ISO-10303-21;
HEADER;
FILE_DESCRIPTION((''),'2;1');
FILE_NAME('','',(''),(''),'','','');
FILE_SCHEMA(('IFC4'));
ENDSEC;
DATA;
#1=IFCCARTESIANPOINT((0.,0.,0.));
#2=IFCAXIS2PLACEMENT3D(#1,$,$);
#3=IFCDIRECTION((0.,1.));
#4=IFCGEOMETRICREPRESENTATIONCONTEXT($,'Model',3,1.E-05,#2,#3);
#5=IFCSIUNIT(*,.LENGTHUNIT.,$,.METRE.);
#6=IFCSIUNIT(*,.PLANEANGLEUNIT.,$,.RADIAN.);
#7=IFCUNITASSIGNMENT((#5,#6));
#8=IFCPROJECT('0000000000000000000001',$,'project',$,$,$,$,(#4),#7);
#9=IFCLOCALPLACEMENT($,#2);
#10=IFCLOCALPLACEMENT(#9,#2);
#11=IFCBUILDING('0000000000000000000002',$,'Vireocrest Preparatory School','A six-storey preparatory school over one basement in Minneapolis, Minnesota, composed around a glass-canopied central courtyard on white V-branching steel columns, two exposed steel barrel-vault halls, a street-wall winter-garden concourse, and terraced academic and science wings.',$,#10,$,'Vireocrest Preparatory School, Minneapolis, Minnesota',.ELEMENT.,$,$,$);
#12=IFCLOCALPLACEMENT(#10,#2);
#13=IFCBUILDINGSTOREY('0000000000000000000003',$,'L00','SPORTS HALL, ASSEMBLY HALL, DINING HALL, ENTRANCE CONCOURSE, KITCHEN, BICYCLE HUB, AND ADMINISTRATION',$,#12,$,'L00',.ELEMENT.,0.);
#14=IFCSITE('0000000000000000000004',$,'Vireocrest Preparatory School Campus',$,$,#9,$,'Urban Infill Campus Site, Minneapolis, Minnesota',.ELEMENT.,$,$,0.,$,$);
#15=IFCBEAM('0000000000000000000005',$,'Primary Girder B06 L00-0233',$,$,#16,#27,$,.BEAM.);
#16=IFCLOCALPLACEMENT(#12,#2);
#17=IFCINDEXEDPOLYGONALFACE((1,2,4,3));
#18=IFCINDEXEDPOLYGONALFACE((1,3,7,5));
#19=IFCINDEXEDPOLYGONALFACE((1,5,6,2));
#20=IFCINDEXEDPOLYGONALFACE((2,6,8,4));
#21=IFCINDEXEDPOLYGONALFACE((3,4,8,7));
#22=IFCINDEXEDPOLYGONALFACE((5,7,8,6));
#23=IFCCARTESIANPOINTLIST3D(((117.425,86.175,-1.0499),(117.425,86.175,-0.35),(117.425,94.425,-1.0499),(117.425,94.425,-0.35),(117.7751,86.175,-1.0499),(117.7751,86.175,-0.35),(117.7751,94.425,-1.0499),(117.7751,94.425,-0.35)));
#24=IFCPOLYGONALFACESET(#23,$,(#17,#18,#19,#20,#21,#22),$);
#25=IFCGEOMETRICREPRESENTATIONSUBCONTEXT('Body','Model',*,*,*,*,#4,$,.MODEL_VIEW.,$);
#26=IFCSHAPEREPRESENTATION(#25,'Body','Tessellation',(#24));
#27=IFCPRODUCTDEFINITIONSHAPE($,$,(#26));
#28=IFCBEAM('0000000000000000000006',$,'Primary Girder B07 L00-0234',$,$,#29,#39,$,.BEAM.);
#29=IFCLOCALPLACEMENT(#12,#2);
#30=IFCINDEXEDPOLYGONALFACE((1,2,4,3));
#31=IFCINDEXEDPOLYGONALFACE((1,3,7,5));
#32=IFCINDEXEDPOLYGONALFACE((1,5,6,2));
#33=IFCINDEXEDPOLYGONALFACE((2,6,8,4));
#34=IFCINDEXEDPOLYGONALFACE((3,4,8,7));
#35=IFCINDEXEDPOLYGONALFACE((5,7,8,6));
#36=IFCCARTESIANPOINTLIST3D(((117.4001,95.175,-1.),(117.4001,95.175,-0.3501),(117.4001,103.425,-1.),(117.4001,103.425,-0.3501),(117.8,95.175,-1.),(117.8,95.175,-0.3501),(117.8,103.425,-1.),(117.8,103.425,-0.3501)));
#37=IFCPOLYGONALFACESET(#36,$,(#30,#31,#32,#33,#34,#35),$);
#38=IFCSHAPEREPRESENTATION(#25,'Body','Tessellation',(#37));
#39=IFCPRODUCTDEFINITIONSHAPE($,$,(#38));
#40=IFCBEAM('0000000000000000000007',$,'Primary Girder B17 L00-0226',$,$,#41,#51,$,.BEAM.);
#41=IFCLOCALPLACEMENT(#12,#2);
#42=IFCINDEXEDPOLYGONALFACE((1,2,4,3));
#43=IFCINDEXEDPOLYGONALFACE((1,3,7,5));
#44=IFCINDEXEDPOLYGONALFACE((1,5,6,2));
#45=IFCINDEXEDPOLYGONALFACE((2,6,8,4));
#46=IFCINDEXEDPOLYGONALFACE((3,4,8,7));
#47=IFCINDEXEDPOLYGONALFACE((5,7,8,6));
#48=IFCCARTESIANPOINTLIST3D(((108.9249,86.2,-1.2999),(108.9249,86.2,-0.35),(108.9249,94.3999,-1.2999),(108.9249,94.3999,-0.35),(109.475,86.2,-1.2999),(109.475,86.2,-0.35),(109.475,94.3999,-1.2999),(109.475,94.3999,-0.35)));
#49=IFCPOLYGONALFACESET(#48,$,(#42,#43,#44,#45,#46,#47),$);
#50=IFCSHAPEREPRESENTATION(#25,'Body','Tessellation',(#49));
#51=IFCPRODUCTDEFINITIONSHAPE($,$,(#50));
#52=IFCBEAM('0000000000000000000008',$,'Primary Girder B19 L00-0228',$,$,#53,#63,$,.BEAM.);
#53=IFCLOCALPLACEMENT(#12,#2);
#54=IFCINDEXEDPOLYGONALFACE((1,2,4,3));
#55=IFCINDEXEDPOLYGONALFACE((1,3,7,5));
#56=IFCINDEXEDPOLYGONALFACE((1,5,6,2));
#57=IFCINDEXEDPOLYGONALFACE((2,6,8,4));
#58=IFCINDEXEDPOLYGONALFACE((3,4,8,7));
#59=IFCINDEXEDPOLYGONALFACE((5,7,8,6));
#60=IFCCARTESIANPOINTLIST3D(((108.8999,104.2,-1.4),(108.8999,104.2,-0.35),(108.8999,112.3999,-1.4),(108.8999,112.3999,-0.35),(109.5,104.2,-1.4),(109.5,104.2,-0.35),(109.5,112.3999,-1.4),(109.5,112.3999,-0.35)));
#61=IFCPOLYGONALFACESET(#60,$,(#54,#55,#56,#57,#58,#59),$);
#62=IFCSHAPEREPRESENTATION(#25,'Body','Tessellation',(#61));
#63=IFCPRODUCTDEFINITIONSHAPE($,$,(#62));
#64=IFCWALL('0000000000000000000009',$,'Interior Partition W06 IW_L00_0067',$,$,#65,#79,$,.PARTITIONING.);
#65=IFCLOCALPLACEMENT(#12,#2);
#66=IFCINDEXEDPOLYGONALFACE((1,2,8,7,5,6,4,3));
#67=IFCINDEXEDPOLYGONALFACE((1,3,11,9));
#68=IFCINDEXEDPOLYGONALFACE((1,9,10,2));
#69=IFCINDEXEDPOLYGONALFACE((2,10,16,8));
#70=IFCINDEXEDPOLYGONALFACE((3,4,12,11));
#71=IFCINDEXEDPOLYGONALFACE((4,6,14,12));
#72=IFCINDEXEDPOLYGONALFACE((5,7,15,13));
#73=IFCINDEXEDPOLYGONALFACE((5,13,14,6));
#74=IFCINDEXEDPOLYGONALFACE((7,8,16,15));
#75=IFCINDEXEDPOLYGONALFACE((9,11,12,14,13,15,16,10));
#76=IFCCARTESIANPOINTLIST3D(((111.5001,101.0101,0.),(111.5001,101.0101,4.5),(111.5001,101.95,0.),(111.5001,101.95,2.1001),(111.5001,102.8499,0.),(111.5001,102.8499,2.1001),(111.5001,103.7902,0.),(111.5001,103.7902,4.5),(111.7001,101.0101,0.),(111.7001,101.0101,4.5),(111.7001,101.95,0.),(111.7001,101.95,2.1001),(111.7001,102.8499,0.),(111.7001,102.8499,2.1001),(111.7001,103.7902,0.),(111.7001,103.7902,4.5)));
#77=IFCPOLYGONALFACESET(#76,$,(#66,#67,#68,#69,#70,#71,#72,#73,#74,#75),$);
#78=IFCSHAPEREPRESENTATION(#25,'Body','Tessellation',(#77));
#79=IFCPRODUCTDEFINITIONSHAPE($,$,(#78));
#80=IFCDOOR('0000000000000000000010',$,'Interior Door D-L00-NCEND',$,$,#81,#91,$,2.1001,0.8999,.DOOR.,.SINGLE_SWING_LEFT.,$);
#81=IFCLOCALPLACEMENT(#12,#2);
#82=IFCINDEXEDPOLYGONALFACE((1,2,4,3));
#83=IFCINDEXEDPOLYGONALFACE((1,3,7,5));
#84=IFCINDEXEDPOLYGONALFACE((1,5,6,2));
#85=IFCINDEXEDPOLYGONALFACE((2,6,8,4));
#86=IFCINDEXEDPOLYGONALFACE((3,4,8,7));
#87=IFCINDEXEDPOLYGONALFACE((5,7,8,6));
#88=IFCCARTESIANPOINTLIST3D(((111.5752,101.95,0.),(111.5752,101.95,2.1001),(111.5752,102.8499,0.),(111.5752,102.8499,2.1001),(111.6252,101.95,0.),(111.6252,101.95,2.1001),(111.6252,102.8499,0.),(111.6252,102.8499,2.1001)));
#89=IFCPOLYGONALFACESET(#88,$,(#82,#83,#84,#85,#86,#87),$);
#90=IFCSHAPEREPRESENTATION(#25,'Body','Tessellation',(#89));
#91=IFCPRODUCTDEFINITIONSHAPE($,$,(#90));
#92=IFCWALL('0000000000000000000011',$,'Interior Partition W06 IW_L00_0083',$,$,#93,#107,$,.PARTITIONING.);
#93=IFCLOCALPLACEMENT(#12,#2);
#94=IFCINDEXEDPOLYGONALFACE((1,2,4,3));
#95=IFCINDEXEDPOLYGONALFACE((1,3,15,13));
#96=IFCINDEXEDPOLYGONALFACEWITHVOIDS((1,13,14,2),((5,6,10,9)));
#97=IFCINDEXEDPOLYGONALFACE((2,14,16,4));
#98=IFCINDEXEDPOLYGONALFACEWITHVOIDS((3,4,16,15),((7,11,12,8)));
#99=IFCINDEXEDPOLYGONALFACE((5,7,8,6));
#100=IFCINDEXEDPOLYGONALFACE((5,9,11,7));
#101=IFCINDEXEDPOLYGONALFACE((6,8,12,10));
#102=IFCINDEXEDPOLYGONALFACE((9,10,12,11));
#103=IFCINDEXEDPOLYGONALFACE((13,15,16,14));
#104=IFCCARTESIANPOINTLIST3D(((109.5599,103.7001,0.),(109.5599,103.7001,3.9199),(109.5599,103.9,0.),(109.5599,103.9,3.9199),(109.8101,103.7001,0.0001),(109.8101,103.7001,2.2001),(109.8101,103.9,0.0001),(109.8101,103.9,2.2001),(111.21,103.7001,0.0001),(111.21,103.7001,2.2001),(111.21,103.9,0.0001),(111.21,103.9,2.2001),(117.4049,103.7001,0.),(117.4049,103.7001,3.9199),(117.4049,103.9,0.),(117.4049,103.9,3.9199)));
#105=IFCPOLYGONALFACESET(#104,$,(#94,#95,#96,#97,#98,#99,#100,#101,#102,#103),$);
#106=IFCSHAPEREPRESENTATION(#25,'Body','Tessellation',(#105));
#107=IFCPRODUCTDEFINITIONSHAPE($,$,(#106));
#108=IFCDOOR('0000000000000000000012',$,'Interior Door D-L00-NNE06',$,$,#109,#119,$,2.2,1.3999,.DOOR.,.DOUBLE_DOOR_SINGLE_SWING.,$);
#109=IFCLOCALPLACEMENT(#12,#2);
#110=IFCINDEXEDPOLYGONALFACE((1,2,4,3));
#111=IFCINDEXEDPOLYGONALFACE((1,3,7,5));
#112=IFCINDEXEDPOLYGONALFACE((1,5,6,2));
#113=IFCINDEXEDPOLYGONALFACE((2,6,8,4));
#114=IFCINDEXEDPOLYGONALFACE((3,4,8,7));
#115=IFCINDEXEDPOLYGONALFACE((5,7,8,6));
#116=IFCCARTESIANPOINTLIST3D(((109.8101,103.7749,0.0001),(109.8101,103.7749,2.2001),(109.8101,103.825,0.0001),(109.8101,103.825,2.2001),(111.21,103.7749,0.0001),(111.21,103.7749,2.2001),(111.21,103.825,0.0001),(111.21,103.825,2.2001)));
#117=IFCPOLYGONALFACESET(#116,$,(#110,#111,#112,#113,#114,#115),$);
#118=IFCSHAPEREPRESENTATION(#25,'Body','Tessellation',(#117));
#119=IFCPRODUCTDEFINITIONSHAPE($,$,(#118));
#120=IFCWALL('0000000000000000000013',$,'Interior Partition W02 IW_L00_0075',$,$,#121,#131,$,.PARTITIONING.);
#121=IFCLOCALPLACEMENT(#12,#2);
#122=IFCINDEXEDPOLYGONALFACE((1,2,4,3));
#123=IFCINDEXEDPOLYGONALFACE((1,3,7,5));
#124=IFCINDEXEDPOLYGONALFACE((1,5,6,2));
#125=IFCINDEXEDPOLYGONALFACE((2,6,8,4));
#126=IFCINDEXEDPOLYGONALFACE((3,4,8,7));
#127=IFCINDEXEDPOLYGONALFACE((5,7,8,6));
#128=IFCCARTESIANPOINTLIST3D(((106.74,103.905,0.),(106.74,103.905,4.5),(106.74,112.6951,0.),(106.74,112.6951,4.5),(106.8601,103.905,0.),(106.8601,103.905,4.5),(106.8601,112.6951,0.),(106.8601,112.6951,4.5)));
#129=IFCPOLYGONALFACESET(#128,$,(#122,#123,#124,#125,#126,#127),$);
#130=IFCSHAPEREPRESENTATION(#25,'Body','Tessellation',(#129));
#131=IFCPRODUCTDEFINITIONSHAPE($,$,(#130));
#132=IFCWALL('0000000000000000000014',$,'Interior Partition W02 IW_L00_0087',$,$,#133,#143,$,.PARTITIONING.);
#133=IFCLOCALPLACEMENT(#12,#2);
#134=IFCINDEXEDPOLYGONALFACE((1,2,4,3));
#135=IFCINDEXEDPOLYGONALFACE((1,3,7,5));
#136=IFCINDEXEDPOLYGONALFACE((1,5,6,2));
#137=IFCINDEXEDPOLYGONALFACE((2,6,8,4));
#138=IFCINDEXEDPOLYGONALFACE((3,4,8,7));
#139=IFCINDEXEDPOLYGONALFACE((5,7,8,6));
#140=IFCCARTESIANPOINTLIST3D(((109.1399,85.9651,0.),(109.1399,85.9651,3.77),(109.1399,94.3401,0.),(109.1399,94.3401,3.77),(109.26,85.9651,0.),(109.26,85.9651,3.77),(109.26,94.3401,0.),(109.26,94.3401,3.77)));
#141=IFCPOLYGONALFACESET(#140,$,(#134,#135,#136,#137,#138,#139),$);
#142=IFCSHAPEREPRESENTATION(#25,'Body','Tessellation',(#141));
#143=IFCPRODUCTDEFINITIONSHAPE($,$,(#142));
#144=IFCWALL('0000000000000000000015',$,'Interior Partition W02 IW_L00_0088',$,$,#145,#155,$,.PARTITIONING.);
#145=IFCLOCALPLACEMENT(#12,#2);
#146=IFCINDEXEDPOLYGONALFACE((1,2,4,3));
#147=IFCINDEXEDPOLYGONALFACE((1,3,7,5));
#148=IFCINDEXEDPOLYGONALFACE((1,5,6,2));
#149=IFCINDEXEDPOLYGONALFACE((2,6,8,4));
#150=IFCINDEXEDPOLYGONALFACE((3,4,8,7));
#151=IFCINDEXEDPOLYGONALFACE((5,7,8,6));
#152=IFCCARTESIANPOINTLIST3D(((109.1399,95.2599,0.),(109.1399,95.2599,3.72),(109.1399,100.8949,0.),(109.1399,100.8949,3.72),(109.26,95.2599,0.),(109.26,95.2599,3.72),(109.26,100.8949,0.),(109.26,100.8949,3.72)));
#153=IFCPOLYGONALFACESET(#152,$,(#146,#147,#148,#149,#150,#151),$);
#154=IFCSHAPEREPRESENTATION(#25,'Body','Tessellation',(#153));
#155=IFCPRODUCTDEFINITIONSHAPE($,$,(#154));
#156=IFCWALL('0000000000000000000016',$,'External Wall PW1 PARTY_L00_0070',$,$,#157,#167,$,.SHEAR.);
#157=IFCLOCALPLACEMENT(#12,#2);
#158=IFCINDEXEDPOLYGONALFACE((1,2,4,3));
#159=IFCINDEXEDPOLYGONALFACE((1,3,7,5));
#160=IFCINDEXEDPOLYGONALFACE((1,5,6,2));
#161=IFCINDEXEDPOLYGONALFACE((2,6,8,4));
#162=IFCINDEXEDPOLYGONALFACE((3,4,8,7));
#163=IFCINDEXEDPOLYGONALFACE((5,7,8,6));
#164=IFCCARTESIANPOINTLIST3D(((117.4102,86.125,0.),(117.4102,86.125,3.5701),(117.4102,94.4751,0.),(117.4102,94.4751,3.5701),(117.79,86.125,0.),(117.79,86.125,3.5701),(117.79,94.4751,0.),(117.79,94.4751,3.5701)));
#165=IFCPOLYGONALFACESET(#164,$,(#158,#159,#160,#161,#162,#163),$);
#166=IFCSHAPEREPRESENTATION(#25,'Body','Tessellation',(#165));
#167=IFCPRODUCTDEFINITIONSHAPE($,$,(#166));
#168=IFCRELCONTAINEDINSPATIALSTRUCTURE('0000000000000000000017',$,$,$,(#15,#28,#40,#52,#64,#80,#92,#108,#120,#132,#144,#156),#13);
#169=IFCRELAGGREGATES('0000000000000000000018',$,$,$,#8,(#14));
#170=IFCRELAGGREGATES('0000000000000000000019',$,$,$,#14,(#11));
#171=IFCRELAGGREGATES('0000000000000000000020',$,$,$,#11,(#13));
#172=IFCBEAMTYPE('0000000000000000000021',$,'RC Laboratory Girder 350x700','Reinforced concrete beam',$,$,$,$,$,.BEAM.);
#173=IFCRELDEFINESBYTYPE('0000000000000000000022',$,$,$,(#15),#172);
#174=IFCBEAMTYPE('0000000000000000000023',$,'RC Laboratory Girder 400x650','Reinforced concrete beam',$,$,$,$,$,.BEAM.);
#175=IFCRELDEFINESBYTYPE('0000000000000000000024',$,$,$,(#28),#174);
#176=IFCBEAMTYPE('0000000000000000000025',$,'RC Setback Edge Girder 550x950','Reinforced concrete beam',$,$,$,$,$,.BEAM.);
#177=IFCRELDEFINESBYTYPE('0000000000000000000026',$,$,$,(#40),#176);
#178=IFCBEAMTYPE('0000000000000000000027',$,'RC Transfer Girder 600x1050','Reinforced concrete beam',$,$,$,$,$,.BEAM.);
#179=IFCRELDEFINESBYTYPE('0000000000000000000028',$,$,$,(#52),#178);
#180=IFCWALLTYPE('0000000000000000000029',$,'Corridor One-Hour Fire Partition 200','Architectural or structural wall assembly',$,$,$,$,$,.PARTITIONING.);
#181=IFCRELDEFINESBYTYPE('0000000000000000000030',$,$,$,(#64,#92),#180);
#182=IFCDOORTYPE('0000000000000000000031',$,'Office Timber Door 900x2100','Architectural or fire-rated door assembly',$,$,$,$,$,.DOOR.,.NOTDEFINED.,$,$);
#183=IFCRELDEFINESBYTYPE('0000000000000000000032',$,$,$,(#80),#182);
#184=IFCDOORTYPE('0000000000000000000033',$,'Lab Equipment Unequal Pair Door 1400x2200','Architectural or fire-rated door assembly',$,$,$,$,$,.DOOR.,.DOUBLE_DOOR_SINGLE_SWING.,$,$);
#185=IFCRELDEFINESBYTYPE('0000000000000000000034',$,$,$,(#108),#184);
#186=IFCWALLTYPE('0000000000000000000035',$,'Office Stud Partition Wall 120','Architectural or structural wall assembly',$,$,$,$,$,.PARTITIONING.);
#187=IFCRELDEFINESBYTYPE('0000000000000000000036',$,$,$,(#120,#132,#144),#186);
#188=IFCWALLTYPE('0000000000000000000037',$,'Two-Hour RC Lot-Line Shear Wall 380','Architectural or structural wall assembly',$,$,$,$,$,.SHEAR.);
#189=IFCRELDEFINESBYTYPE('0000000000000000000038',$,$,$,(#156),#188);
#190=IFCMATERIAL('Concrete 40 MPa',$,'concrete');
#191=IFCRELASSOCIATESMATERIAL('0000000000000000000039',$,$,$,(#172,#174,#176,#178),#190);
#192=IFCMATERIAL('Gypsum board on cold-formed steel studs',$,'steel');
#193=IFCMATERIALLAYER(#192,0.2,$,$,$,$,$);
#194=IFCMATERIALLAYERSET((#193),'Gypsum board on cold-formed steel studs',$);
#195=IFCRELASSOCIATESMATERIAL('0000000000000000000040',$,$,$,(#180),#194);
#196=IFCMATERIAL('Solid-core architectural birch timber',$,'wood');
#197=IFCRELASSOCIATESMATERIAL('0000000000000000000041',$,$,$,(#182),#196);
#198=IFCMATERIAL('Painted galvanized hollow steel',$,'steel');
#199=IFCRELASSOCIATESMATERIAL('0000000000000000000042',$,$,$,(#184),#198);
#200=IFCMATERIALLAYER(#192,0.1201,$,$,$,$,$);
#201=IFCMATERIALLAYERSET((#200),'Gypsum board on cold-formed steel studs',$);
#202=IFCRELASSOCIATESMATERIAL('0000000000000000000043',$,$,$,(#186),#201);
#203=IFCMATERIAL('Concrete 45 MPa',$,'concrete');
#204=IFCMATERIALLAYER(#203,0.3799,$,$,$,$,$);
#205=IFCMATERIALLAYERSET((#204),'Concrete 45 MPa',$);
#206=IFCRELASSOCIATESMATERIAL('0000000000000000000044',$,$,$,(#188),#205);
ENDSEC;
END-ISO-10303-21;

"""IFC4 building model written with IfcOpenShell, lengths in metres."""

from ifc_helpers import new_model, si_unit, direction, frame, frame_2d, origin, origin_2d, place, context, subcontext, project, spatial, rectangle, extrude, material, layer, layer_set, material_profile, profile_set, type_object, element, fill, save


model = new_model("IFC4")

# Units and contexts
model_context = context("Model", 3, precision=1e-05, world=origin(), true_north=direction((0.0, 1.0)))
body_context = subcontext(model_context, "Body", "Model", "MODEL_VIEW")
ifc_project = project(units=[si_unit("LENGTHUNIT", "METRE"), si_unit("PLANEANGLEUNIT", "RADIAN")], contexts=[model_context])

# Site, building, storey
site_placement = place(None, origin())
site = spatial("IfcSite", under=ifc_project, at=site_placement, Name="Vireocrest Preparatory School Campus", LongName="Urban Infill Campus Site, Minneapolis, Minnesota", CompositionType="ELEMENT", RefElevation=0.0)
building_placement = place(site_placement, origin())
building = spatial("IfcBuilding", under=site, at=building_placement, Name="Vireocrest Preparatory School", Description="A six-storey preparatory school over one basement in Minneapolis, Minnesota, composed around a glass-canopied central courtyard on white V-branching steel columns, two exposed steel barrel-vault halls, a street-wall winter-garden concourse, and terraced academic and science wings.", LongName="Vireocrest Preparatory School, Minneapolis, Minnesota", CompositionType="ELEMENT")
storey_placement = place(building_placement, origin())
storey = spatial("IfcBuildingStorey", under=building, at=storey_placement, Name="L00", Description="SPORTS HALL, ASSEMBLY HALL, DINING HALL, ENTRANCE CONCOURSE, KITCHEN, BICYCLE HUB, AND ADMINISTRATION", LongName="L00", CompositionType="ELEMENT", Elevation=0.0)

# Shared definitions
ifc_material_1 = material(Name="Concrete 45 MPa", Category="concrete")

# Beams
ifc_material_2 = material(Name="Concrete 40 MPa", Category="concrete")
ifc_material_profile_1 = material_profile(ifc_material_2, rectangle(XDim=0.3501, YDim=0.7, at=origin_2d()), Name="RC 350x700")
ifc_profile_set_1 = profile_set([ifc_material_profile_1], Name="Concrete 40 MPa")
beam_type_1 = type_object("IfcBeamType", Name="RC Laboratory Girder 350x700", Description="Reinforced concrete beam", PredefinedType="BEAM", material=ifc_profile_set_1)
beam_1_placement = place(storey_placement, frame((117.6001, 86.175, -0.7), z_axis=(0.0, 1.0, 0.0), x_axis=(-1.0, 0.0, 0.0)))
element("IfcBeam", 1, at=beam_1_placement, inside=storey, type_object=beam_type_1, Name="Primary Girder B06 L00-0233", PredefinedType="BEAM", context=body_context, shape_type="SweptSolid", body=[
    extrude(rectangle(XDim=0.3501, YDim=0.7, at=origin_2d()), origin(), (0.0, 0.0, 1.0), 8.25),
])
ifc_material_profile_2 = material_profile(ifc_material_2, rectangle(XDim=0.3999, YDim=0.6499, at=origin_2d()), Name="RC 400x650")
ifc_profile_set_2 = profile_set([ifc_material_profile_2], Name="Concrete 40 MPa")
beam_type_2 = type_object("IfcBeamType", Name="RC Laboratory Girder 400x650", Description="Reinforced concrete beam", PredefinedType="BEAM", material=ifc_profile_set_2)
beam_2_placement = place(storey_placement, frame((117.6001, 95.175, -0.675), z_axis=(0.0, 1.0, 0.0), x_axis=(-1.0, 0.0, 0.0)))
element("IfcBeam", 2, at=beam_2_placement, inside=storey, type_object=beam_type_2, Name="Primary Girder B07 L00-0234", PredefinedType="BEAM", context=body_context, shape_type="SweptSolid", body=[
    extrude(rectangle(XDim=0.3999, YDim=0.6499, at=origin_2d()), origin(), (0.0, 0.0, 1.0), 8.25),
])
ifc_material_profile_3 = material_profile(ifc_material_2, rectangle(XDim=0.55, YDim=0.95, at=origin_2d()), Name="RC 550x950")
ifc_profile_set_3 = profile_set([ifc_material_profile_3], Name="Concrete 40 MPa")
beam_type_3 = type_object("IfcBeamType", Name="RC Setback Edge Girder 550x950", Description="Reinforced concrete beam", PredefinedType="BEAM", material=ifc_profile_set_3)
beam_3_placement = place(storey_placement, frame((109.2, 86.2, -0.825), z_axis=(0.0, 1.0, 0.0), x_axis=(-1.0, 0.0, 0.0)))
element("IfcBeam", 3, at=beam_3_placement, inside=storey, type_object=beam_type_3, Name="Primary Girder B17 L00-0226", PredefinedType="BEAM", context=body_context, shape_type="SweptSolid", body=[
    extrude(rectangle(XDim=0.55, YDim=0.95, at=origin_2d()), origin(), (0.0, 0.0, 1.0), 8.2),
])
ifc_material_profile_4 = material_profile(ifc_material_2, rectangle(XDim=0.6001, YDim=1.05, at=origin_2d()), Name="RC 600x1050")
ifc_profile_set_4 = profile_set([ifc_material_profile_4], Name="Concrete 40 MPa")
beam_type_4 = type_object("IfcBeamType", Name="RC Transfer Girder 600x1050", Description="Reinforced concrete beam", PredefinedType="BEAM", material=ifc_profile_set_4)
beam_4_placement = place(storey_placement, frame((109.2, 104.2, -0.875), z_axis=(0.0, 1.0, 0.0), x_axis=(-1.0, 0.0, 0.0)))
element("IfcBeam", 4, at=beam_4_placement, inside=storey, type_object=beam_type_4, Name="Primary Girder B19 L00-0228", PredefinedType="BEAM", context=body_context, shape_type="SweptSolid", body=[
    extrude(rectangle(XDim=0.6001, YDim=1.05, at=origin_2d()), origin(), (0.0, 0.0, 1.0), 8.2),
])

# Walls, openings, doors
ifc_material_3 = material(Name="Gypsum board on cold-formed steel studs", Category="steel")
ifc_layer_1 = layer(ifc_material_3, 0.2)
ifc_layer_set_1 = layer_set([ifc_layer_1], Name="Gypsum board on cold-formed steel studs")
wall_type_1 = type_object("IfcWallType", Name="Corridor One-Hour Fire Partition 200", Description="Architectural or structural wall assembly", PredefinedType="PARTITIONING", material=ifc_layer_set_1)
wall_1_placement = place(storey_placement, frame((111.6001, 101.01, 0.0), z_axis=(0.0, 0.0, 1.0), x_axis=(0.0, 1.0, 0.0)))
wall_1 = element("IfcWall", 5, at=wall_1_placement, inside=storey, type_object=wall_type_1, Name="Interior Partition W06 IW_L00_0067", PredefinedType="PARTITIONING", context=body_context, shape_type="SweptSolid", body=[
    extrude(rectangle(XDim=2.78, YDim=0.2, at=frame_2d((1.3901, 0.0))), origin(), (0.0, 0.0, 1.0), 4.5),
])
opening_1_placement = place(wall_1_placement, frame((0.9399, 0.0, 0.0)))
opening_1 = element("IfcOpeningElement", 6, at=opening_1_placement, cuts=wall_1, PredefinedType="OPENING", context=body_context, shape_type="SweptSolid", body=[
    extrude(rectangle(XDim=0.8999, YDim=2.1001, at=frame_2d((0.45, 1.05))), frame((0.0, 0.1099, 0.0), z_axis=(0.0, -1.0, 0.0), x_axis=(1.0, 0.0, 0.0)), (0.0, 0.0, 1.0), 0.22),
])
ifc_material_4 = material(Name="Solid-core architectural birch timber", Category="wood")
door_type_1 = type_object("IfcDoorType", Name="Office Timber Door 900x2100", Description="Architectural or fire-rated door assembly", OperationType="NOTDEFINED", PredefinedType="DOOR", material=ifc_material_4)
door_1_placement = place(opening_1_placement, origin())
door_1 = element("IfcDoor", 7, at=door_1_placement, inside=storey, type_object=door_type_1, Name="Interior Door D-L00-NCEND", OperationType="SINGLE_SWING_LEFT", OverallHeight=2.1001, OverallWidth=0.8999, PredefinedType="DOOR", context=body_context, shape_type="SweptSolid", body=[
    extrude(rectangle(XDim=0.8999, YDim=2.1001, at=frame_2d((0.45, 1.05))), frame((0.0, 0.0249, 0.0), z_axis=(0.0, -1.0, 0.0), x_axis=(1.0, 0.0, 0.0)), (0.0, 0.0, 1.0), 0.05),
])
fill(opening_1, door_1)
wall_2_placement = place(storey_placement, frame((109.5601, 103.8, 0.0), z_axis=(0.0, 0.0, 1.0), x_axis=(1.0, 0.0, 0.0)))
wall_2 = element("IfcWall", 8, at=wall_2_placement, inside=storey, type_object=wall_type_1, Name="Interior Partition W06 IW_L00_0083", PredefinedType="PARTITIONING", context=body_context, shape_type="SweptSolid", body=[
    extrude(rectangle(XDim=7.845, YDim=0.2, at=frame_2d((3.9224, 0.0))), origin(), (0.0, 0.0, 1.0), 3.9199),
])
opening_2_placement = place(wall_2_placement, frame((0.25, 0.0, 0.0)))
opening_2 = element("IfcOpeningElement", 9, at=opening_2_placement, cuts=wall_2, PredefinedType="OPENING", context=body_context, shape_type="SweptSolid", body=[
    extrude(rectangle(XDim=1.3999, YDim=2.2, at=frame_2d((0.7, 1.1001))), frame((0.0, 0.1099, 0.0), z_axis=(0.0, -1.0, 0.0), x_axis=(1.0, 0.0, 0.0)), (0.0, 0.0, 1.0), 0.22),
])
ifc_material_5 = material(Name="Painted galvanized hollow steel", Category="steel")
door_type_2 = type_object("IfcDoorType", Name="Lab Equipment Unequal Pair Door 1400x2200", Description="Architectural or fire-rated door assembly", OperationType="DOUBLE_DOOR_SINGLE_SWING", PredefinedType="DOOR", material=ifc_material_5)
door_2_placement = place(opening_2_placement, origin())
door_2 = element("IfcDoor", 10, at=door_2_placement, inside=storey, type_object=door_type_2, Name="Interior Door D-L00-NNE06", OperationType="DOUBLE_DOOR_SINGLE_SWING", OverallHeight=2.2, OverallWidth=1.3999, PredefinedType="DOOR", context=body_context, shape_type="SweptSolid", body=[
    extrude(rectangle(XDim=1.3999, YDim=2.2, at=frame_2d((0.7, 1.1001))), frame((0.0, 0.0249, 0.0), z_axis=(0.0, -1.0, 0.0), x_axis=(1.0, 0.0, 0.0)), (0.0, 0.0, 1.0), 0.05),
])
fill(opening_2, door_2)

# Walls
ifc_layer_2 = layer(ifc_material_3, 0.1201)
ifc_layer_set_2 = layer_set([ifc_layer_2], Name="Gypsum board on cold-formed steel studs")
wall_type_2 = type_object("IfcWallType", Name="Office Stud Partition Wall 120", Description="Architectural or structural wall assembly", PredefinedType="PARTITIONING", material=ifc_layer_set_2)
wall_3_placement = place(storey_placement, frame((106.8, 103.905, 0.0), z_axis=(0.0, 0.0, 1.0), x_axis=(0.0, 1.0, 0.0)))
element("IfcWall", 11, at=wall_3_placement, inside=storey, type_object=wall_type_2, Name="Interior Partition W02 IW_L00_0075", PredefinedType="PARTITIONING", context=body_context, shape_type="SweptSolid", body=[
    extrude(rectangle(XDim=8.79, YDim=0.1201, at=frame_2d((4.395, 0.0))), origin(), (0.0, 0.0, 1.0), 4.5),
])
wall_4_placement = place(storey_placement, frame((109.2, 85.9651, 0.0), z_axis=(0.0, 0.0, 1.0), x_axis=(0.0, 1.0, 0.0)))
element("IfcWall", 12, at=wall_4_placement, inside=storey, type_object=wall_type_2, Name="Interior Partition W02 IW_L00_0087", PredefinedType="PARTITIONING", context=body_context, shape_type="SweptSolid", body=[
    extrude(rectangle(XDim=8.375, YDim=0.1201, at=frame_2d((4.1875, 0.0))), origin(), (0.0, 0.0, 1.0), 3.77),
])
wall_5_placement = place(storey_placement, frame((109.2, 95.26, 0.0), z_axis=(0.0, 0.0, 1.0), x_axis=(0.0, 1.0, 0.0)))
element("IfcWall", 13, at=wall_5_placement, inside=storey, type_object=wall_type_2, Name="Interior Partition W02 IW_L00_0088", PredefinedType="PARTITIONING", context=body_context, shape_type="SweptSolid", body=[
    extrude(rectangle(XDim=5.635, YDim=0.1201, at=frame_2d((2.8174, 0.0))), origin(), (0.0, 0.0, 1.0), 3.72),
])
ifc_layer_3 = layer(ifc_material_1, 0.3799)
ifc_layer_set_3 = layer_set([ifc_layer_3], Name="Concrete 45 MPa")
wall_type_3 = type_object("IfcWallType", Name="Two-Hour RC Lot-Line Shear Wall 380", Description="Architectural or structural wall assembly", PredefinedType="SHEAR", material=ifc_layer_set_3)
for number, where, z_axis, x_axis, name in (
    (14, (117.6001, 86.125, 0.0), (0.0, 0.0, 1.0), (0.0, 1.0, 0.0), "External Wall PW1 PARTY_L00_0070"),
):
    element("IfcWall", number, at=place(storey_placement, frame(where, z_axis=z_axis, x_axis=x_axis)), inside=storey, type_object=wall_type_3, Name=name, PredefinedType="SHEAR", context=body_context, shape_type="SweptSolid", body=[
        extrude(rectangle(XDim=8.3501, YDim=0.3799, at=frame_2d((4.175, 0.0))), origin(), (0.0, 0.0, 1.0), 3.5701),
    ])

save(model, "model.ifc")
